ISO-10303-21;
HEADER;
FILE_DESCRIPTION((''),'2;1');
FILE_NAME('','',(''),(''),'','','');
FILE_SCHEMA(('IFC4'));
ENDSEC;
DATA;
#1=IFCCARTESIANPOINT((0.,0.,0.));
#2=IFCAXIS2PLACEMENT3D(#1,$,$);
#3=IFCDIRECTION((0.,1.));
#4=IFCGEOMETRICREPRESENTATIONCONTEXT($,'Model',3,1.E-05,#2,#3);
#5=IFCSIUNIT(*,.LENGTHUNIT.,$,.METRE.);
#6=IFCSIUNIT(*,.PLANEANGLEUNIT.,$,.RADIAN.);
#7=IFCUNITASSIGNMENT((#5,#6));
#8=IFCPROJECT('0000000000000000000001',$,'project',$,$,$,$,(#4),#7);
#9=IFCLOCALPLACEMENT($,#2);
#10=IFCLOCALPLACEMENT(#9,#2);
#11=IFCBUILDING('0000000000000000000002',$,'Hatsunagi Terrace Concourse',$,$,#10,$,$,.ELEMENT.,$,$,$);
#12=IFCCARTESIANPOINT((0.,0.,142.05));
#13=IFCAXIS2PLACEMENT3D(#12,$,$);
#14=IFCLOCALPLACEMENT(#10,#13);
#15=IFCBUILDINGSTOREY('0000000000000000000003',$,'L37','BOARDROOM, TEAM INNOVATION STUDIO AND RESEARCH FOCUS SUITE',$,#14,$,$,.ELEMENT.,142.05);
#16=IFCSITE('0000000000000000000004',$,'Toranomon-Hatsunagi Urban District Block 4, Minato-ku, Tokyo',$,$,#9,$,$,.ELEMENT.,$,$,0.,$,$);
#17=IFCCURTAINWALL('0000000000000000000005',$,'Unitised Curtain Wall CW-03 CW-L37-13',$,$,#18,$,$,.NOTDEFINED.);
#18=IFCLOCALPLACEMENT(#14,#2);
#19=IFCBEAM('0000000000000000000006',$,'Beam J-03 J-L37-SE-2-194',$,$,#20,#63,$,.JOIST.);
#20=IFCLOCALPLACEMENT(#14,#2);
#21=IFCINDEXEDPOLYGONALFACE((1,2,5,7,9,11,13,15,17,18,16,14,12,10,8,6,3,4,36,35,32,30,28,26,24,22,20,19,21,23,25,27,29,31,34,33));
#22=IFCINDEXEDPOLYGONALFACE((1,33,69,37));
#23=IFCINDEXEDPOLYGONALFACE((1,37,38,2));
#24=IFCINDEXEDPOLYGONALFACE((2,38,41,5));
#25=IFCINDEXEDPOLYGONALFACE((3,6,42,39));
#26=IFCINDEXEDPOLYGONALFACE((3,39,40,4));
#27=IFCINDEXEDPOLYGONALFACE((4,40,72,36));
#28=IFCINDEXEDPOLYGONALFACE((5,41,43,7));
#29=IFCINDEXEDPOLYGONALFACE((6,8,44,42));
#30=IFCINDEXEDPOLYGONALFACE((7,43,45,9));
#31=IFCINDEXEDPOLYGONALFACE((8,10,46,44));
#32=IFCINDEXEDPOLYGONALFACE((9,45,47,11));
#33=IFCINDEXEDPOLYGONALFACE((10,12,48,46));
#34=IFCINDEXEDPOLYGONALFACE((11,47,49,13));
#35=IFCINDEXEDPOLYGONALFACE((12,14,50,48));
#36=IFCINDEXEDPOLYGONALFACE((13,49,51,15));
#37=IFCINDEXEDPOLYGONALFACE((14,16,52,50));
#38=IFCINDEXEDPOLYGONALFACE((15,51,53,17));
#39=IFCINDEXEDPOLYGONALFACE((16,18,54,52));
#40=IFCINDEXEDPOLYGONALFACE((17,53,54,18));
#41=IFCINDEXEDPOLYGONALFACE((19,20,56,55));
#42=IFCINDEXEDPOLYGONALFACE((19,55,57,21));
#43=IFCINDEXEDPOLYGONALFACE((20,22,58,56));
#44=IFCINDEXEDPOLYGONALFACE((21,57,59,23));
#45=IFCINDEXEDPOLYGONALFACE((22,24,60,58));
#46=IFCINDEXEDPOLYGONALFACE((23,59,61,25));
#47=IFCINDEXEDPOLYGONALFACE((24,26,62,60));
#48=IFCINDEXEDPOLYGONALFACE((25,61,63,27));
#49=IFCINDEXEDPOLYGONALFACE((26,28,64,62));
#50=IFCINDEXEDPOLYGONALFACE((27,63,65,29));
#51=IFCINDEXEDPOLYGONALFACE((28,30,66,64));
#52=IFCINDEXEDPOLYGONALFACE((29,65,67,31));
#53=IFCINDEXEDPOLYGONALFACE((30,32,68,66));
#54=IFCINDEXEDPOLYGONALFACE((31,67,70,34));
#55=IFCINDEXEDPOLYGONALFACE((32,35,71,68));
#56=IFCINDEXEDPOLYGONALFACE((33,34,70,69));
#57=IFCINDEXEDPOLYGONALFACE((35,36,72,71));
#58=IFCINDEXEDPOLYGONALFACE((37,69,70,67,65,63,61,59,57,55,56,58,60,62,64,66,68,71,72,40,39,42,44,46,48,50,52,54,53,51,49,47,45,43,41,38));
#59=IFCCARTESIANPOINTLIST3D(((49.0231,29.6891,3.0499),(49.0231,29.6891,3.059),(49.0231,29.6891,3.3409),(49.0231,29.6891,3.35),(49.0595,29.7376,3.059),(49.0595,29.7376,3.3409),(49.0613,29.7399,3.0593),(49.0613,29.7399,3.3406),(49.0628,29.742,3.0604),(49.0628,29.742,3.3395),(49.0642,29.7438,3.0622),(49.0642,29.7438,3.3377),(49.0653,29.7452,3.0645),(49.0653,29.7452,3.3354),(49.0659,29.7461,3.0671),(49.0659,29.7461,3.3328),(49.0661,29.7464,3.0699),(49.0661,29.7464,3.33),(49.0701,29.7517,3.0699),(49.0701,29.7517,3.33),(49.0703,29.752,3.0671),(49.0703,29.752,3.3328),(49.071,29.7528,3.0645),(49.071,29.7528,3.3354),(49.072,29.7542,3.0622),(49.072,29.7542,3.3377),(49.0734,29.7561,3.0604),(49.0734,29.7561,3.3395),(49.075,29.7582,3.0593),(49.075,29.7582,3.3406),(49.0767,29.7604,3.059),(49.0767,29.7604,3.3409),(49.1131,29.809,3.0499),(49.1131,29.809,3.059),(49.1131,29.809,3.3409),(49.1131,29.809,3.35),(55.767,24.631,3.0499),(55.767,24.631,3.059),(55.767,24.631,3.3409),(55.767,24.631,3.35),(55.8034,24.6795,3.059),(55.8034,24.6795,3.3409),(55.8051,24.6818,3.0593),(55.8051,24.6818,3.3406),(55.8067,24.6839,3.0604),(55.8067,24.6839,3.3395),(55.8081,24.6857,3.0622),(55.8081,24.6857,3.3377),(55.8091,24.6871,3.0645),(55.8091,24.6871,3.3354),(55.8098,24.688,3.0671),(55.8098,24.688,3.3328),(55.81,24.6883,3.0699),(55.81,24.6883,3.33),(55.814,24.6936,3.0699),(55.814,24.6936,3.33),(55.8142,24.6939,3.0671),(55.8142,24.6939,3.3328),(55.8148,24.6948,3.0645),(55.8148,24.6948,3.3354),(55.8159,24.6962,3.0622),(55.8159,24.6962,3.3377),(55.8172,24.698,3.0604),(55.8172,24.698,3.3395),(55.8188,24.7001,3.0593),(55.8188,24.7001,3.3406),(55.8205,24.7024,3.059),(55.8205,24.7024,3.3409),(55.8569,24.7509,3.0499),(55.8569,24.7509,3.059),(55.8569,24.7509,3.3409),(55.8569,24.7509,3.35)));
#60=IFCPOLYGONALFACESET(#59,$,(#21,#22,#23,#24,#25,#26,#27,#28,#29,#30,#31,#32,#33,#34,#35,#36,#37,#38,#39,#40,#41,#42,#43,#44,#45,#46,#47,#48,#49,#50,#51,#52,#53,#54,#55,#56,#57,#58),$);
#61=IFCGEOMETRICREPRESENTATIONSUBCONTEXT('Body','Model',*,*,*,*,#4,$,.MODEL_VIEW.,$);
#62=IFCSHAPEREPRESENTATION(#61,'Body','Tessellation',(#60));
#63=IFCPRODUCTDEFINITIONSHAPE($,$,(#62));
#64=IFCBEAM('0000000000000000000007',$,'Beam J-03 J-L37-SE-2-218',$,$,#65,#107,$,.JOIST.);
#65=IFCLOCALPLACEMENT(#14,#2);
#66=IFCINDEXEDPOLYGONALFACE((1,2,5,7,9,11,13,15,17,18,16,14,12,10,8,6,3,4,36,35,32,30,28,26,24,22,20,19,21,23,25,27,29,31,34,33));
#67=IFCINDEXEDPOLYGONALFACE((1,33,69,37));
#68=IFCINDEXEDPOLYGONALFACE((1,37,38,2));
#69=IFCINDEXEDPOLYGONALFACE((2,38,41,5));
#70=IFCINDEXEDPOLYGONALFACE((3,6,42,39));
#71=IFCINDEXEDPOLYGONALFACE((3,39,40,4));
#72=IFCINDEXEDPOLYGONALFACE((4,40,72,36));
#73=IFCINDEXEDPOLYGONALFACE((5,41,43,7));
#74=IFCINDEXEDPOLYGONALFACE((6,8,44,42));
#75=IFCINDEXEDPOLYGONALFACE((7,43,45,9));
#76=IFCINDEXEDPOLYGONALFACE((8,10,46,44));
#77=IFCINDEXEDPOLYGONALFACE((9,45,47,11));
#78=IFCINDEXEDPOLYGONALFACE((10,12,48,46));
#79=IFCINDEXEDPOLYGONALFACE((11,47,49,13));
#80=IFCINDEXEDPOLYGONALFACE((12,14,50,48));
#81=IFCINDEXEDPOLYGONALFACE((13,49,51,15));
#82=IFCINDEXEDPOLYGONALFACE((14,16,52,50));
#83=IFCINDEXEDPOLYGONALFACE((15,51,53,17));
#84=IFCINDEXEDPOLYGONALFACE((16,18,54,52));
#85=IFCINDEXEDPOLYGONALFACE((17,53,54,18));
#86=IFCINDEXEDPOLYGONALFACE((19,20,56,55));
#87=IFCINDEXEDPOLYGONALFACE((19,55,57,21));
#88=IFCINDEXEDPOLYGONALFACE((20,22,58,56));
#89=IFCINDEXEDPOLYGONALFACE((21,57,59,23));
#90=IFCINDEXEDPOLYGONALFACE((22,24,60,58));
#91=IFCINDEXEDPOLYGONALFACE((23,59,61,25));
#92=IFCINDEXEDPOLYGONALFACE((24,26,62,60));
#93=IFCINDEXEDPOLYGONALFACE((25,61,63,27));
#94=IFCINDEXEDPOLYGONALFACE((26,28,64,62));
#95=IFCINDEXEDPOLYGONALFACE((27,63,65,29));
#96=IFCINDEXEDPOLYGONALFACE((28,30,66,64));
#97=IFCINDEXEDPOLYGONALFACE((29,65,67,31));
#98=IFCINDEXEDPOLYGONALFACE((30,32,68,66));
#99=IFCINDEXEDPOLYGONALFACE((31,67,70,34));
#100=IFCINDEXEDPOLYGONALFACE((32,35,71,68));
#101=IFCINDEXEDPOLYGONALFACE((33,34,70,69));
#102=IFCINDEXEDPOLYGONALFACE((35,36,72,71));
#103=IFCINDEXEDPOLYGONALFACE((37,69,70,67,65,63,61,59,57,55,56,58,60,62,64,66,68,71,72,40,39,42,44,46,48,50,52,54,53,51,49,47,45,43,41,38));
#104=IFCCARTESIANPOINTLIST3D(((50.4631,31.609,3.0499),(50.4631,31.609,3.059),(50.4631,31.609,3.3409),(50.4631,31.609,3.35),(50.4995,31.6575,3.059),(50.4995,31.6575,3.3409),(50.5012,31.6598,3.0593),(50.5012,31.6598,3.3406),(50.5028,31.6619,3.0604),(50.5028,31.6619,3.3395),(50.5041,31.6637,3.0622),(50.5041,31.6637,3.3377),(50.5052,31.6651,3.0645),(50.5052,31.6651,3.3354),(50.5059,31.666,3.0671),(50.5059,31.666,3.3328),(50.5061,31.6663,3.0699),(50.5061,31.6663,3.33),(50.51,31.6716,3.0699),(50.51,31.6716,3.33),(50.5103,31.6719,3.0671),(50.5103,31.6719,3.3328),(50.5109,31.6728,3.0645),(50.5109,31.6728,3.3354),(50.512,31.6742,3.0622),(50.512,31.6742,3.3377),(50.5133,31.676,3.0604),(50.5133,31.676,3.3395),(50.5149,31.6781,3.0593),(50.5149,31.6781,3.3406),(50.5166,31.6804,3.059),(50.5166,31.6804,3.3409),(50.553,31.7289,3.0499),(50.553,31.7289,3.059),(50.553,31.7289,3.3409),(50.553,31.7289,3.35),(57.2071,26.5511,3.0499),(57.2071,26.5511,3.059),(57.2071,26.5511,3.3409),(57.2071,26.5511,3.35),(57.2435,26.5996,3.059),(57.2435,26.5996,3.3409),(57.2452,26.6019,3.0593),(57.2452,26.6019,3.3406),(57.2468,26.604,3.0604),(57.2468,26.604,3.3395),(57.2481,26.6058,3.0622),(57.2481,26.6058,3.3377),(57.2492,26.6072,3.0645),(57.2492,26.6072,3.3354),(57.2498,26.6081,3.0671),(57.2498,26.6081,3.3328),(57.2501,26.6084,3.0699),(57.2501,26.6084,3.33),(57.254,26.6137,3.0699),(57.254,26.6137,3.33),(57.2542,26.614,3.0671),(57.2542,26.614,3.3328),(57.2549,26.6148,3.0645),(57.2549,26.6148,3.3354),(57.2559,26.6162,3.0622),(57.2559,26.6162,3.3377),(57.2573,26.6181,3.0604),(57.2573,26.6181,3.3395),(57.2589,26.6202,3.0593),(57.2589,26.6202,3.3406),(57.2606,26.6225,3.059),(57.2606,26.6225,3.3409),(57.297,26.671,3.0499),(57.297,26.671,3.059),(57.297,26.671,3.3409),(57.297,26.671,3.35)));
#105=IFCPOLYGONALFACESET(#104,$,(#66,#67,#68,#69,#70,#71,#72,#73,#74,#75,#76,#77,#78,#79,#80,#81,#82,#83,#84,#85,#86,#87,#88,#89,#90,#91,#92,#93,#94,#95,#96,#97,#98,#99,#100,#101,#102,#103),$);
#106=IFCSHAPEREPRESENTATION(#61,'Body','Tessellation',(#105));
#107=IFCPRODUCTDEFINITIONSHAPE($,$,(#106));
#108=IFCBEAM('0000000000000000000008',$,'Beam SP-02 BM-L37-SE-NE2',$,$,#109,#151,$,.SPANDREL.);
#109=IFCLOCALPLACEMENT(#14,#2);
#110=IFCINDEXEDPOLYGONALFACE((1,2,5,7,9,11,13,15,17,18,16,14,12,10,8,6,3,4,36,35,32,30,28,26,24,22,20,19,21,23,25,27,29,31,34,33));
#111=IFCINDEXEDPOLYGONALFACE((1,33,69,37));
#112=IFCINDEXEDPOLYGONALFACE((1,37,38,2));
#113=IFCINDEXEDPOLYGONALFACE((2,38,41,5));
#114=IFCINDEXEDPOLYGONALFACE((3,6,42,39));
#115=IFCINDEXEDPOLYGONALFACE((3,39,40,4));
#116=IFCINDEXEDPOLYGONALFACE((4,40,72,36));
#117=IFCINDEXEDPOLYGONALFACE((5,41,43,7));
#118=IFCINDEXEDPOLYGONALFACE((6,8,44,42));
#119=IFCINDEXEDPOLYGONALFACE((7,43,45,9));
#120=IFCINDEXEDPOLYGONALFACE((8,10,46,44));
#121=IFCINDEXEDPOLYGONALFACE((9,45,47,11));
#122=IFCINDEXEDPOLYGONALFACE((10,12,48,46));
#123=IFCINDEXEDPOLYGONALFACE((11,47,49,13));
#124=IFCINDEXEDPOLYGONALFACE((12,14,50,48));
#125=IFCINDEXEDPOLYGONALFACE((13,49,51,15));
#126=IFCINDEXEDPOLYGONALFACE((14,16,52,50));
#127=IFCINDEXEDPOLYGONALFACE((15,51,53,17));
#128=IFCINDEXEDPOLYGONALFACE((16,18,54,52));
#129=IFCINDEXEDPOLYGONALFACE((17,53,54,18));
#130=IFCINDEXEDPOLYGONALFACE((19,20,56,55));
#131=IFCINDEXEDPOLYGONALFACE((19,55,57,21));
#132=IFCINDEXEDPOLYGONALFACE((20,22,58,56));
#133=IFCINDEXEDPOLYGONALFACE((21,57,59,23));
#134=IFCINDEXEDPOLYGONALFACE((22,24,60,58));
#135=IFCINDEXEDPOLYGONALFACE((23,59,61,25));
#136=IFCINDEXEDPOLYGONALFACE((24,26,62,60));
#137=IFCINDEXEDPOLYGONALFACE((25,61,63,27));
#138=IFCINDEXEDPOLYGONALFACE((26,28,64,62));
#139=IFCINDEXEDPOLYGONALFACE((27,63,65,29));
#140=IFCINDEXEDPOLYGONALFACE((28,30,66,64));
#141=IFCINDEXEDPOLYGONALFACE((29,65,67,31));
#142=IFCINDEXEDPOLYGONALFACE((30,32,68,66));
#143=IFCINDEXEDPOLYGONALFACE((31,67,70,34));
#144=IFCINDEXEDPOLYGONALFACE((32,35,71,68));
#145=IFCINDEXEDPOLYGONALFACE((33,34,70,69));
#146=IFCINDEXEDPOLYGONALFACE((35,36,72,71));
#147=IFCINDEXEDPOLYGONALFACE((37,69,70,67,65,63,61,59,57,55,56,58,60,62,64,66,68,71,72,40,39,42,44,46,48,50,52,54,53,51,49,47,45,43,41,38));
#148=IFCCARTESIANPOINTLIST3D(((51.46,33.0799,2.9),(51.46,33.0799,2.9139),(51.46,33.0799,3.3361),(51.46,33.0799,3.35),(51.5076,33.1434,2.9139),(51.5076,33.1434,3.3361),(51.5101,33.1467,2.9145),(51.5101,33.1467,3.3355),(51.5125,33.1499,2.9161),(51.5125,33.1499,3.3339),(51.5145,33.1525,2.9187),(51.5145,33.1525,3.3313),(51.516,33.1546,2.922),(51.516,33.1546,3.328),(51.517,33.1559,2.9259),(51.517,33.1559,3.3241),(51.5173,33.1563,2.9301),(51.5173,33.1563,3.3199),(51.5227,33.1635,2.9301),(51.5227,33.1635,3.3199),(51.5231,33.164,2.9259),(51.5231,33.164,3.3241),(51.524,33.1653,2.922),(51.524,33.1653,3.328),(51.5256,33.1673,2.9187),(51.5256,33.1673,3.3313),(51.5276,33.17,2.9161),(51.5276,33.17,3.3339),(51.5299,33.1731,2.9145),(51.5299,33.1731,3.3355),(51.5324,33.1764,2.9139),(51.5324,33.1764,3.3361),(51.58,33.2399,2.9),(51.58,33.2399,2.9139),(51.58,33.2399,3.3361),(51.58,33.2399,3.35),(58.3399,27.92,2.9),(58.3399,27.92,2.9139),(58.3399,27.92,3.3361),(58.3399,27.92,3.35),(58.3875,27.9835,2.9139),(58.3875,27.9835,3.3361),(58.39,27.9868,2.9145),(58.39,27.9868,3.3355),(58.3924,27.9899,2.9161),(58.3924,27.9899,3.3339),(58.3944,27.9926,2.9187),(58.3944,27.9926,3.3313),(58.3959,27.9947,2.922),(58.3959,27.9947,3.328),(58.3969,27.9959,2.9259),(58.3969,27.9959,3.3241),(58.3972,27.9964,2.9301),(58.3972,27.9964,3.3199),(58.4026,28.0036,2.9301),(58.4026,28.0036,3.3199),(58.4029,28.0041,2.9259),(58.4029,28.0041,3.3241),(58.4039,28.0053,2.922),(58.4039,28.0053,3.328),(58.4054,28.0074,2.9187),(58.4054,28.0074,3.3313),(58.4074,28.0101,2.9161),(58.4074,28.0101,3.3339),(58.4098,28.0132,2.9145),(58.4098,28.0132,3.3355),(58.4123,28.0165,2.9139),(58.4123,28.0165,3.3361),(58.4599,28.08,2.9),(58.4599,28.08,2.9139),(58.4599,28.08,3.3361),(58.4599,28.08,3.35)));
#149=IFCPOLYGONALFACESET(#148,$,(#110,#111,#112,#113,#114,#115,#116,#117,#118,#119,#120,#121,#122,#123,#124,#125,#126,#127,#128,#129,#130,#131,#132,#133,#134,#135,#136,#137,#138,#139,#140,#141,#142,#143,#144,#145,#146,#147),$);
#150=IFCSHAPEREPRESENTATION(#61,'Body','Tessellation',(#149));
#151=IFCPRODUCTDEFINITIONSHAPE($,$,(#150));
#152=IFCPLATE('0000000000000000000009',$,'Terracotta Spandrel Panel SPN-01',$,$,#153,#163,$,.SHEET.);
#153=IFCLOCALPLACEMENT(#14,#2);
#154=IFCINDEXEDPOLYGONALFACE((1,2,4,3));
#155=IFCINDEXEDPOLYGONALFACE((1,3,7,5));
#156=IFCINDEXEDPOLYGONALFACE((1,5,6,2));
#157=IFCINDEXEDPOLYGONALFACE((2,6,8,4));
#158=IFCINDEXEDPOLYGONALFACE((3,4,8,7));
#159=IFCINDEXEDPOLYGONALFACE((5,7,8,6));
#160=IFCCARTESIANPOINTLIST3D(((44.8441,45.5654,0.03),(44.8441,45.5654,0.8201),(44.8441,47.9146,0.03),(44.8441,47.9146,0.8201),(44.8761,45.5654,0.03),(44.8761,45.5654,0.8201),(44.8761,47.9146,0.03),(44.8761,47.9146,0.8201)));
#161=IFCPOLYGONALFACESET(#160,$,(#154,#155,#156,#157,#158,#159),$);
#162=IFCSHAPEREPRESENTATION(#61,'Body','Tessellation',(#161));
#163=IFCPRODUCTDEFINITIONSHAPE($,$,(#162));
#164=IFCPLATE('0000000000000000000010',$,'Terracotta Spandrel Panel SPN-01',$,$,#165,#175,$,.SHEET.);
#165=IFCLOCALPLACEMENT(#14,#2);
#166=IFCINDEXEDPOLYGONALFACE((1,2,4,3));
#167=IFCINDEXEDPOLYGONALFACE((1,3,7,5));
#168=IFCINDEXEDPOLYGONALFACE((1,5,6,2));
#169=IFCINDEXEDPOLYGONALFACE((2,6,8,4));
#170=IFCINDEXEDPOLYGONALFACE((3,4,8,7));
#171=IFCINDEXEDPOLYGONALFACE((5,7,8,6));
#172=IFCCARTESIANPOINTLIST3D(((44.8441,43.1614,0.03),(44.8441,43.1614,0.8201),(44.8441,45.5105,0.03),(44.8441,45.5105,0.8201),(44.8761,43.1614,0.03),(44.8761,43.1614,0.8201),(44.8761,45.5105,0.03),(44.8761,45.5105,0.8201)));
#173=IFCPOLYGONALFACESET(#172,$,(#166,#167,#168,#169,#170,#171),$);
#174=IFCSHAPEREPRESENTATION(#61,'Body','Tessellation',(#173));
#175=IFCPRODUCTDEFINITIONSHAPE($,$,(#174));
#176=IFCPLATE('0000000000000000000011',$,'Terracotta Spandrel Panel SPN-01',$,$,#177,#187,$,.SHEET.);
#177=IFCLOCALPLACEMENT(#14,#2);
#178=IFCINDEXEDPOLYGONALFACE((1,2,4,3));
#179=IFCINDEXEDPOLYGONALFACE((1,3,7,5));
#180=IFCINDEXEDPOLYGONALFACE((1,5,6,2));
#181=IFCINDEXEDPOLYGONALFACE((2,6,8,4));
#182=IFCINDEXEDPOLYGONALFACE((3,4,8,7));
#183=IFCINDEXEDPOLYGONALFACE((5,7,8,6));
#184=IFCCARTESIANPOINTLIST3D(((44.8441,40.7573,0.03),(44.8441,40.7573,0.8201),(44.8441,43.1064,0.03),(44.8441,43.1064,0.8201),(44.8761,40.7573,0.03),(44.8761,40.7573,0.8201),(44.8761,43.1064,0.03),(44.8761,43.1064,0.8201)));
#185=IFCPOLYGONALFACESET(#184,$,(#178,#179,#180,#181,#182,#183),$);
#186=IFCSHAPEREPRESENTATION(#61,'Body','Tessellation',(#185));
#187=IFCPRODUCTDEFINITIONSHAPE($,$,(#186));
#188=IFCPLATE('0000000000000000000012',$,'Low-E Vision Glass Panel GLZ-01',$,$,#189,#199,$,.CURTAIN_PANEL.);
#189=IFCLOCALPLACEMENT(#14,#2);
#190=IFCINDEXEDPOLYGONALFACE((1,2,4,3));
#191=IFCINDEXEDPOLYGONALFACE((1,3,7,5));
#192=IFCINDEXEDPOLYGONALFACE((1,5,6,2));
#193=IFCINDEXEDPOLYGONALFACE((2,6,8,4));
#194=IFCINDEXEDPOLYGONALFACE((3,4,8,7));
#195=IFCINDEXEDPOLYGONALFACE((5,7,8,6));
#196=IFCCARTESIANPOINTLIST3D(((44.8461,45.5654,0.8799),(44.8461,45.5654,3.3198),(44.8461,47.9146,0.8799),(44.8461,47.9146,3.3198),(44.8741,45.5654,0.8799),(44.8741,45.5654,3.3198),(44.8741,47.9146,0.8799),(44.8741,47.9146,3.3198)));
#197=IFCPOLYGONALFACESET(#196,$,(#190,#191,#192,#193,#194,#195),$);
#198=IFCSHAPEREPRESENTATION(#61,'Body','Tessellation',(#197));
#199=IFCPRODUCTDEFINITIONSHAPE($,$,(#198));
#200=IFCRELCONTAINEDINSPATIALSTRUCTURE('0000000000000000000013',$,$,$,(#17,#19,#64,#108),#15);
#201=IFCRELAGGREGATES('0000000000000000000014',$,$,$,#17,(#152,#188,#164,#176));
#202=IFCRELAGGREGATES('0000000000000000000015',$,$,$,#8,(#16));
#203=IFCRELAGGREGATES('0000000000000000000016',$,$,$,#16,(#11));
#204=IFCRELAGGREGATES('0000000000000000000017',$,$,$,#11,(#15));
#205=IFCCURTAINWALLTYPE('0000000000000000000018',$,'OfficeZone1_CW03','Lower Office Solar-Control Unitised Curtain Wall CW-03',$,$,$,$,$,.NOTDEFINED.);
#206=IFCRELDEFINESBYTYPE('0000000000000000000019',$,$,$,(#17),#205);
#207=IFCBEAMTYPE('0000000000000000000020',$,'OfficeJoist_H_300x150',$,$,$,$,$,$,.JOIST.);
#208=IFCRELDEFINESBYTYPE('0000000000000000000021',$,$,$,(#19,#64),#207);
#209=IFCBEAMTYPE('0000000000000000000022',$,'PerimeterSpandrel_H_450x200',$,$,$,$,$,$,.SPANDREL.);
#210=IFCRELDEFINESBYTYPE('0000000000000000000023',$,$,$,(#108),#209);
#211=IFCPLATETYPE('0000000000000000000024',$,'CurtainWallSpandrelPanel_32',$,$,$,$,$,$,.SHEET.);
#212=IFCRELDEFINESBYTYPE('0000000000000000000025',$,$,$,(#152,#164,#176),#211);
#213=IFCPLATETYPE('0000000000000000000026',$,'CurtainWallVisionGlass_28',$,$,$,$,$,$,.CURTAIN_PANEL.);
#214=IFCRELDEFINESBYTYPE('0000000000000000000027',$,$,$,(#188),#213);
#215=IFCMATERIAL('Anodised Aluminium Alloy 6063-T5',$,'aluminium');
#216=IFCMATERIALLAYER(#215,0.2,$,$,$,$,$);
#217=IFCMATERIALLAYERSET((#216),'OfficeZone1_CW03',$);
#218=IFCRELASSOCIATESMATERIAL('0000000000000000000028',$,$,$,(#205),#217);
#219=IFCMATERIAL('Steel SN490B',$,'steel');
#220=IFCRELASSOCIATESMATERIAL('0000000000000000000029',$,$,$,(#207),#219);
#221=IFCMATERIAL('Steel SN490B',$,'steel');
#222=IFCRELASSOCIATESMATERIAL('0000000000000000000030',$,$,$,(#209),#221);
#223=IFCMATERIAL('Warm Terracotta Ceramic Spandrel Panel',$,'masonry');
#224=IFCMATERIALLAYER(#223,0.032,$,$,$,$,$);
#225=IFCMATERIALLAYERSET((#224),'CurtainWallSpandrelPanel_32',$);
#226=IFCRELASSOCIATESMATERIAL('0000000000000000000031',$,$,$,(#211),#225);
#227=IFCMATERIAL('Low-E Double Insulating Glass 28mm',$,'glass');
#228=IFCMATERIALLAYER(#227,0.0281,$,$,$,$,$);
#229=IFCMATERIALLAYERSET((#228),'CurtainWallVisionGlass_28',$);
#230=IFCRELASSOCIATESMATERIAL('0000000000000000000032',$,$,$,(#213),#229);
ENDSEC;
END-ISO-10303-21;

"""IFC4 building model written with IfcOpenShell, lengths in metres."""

from ifc_helpers import new_model, si_unit, direction, frame, origin, origin_2d, place, context, subcontext, project, spatial, rectangle, i_section, extrude, material, layer, layer_set, material_profile, profile_set, type_object, element, aggregate, save


model = new_model("IFC4")

# Units and contexts
model_context = context("Model", 3, precision=1e-05, world=origin(), true_north=direction((0.0, 1.0)))
body_context = subcontext(model_context, "Body", "Model", "MODEL_VIEW")
ifc_project = project(units=[si_unit("LENGTHUNIT", "METRE"), si_unit("PLANEANGLEUNIT", "RADIAN")], contexts=[model_context])

# Site, building, storey
site_placement = place(None, origin())
site = spatial("IfcSite", under=ifc_project, at=site_placement, Name="Toranomon-Hatsunagi Urban District Block 4, Minato-ku, Tokyo", CompositionType="ELEMENT", RefElevation=0.0)
building_placement = place(site_placement, origin())
building = spatial("IfcBuilding", under=site, at=building_placement, Name="Hatsunagi Terrace Concourse", CompositionType="ELEMENT")
storey_placement = place(building_placement, frame((0.0, 0.0, 142.05)))
storey = spatial("IfcBuildingStorey", under=building, at=storey_placement, Name="L37", Description="BOARDROOM, TEAM INNOVATION STUDIO AND RESEARCH FOCUS SUITE", CompositionType="ELEMENT", Elevation=142.05)

# Curtain wall
ifc_material_1 = material(Name="Anodised Aluminium Alloy 6063-T5", Category="aluminium")
ifc_layer_1 = layer(ifc_material_1, 0.2)
ifc_layer_set_1 = layer_set([ifc_layer_1], Name="OfficeZone1_CW03")
curtain_wall_type = type_object("IfcCurtainWallType", Name="OfficeZone1_CW03", Description="Lower Office Solar-Control Unitised Curtain Wall CW-03", PredefinedType="NOTDEFINED", material=ifc_layer_set_1)
curtain_wall_placement = place(storey_placement, origin())
curtain_wall = element("IfcCurtainWall", 1, at=curtain_wall_placement, inside=storey, type_object=curtain_wall_type, Name="Unitised Curtain Wall CW-03 CW-L37-13", PredefinedType="NOTDEFINED")

# Beams
ifc_material_2 = material(Name="Steel SN490B", Category="steel")
ifc_material_profile_1 = material_profile(ifc_material_2, i_section(OverallWidth=0.1499, OverallDepth=0.3, WebThickness=0.0066, FlangeThickness=0.009, FilletRadius=0.011, at=origin_2d()), Name="H-300x150x6.5x9")
ifc_profile_set_1 = profile_set([ifc_material_profile_1], Name="Steel SN490B")
beam_type_1 = type_object("IfcBeamType", Name="OfficeJoist_H_300x150", PredefinedType="JOIST", material=ifc_profile_set_1)
for number, where, z_axis, x_axis, name in (
    (2, (49.0681, 29.749, 3.2), (0.79999, -0.600014, 0.0), (0.600014, 0.79999, 0.0), "Beam J-03 J-L37-SE-2-194"),
    (3, (50.5081, 31.6689, 3.2), (0.800003, -0.599995, 0.0), (0.599995, 0.800003, 0.0), "Beam J-03 J-L37-SE-2-218"),
):
    element("IfcBeam", number, at=place(storey_placement, frame(where, z_axis=z_axis, x_axis=x_axis)), inside=storey, type_object=beam_type_1, Name=name, PredefinedType="JOIST", context=body_context, shape_type="SweptSolid", body=[
        extrude(i_section(OverallWidth=0.1499, OverallDepth=0.3, WebThickness=0.0066, FlangeThickness=0.009, FilletRadius=0.011, at=origin_2d()), origin(), (0.0, 0.0, 1.0), 8.4299),
    ])
ifc_material_3 = material(Name="Steel SN490B", Category="steel")
ifc_material_profile_2 = material_profile(ifc_material_3, i_section(OverallWidth=0.2, OverallDepth=0.45, WebThickness=0.009, FlangeThickness=0.0139, FilletRadius=0.0161, at=origin_2d()), Name="H-450x200x9x14")
ifc_profile_set_2 = profile_set([ifc_material_profile_2], Name="Steel SN490B")
beam_type_2 = type_object("IfcBeamType", Name="PerimeterSpandrel_H_450x200", PredefinedType="SPANDREL", material=ifc_profile_set_2)
beam_placement = place(storey_placement, frame((51.52, 33.1599, 3.125), z_axis=(0.8, -0.6, 0.0), x_axis=(0.6, 0.8, 0.0)))
element("IfcBeam", 4, at=beam_placement, inside=storey, type_object=beam_type_2, Name="Beam SP-02 BM-L37-SE-NE2", PredefinedType="SPANDREL", context=body_context, shape_type="SweptSolid", body=[
    extrude(i_section(OverallWidth=0.2, OverallDepth=0.45, WebThickness=0.009, FlangeThickness=0.0139, FilletRadius=0.0161, at=origin_2d()), origin(), (0.0, 0.0, 1.0), 8.5999),
])

# Plates
ifc_material_4 = material(Name="Warm Terracotta Ceramic Spandrel Panel", Category="masonry")
ifc_layer_2 = layer(ifc_material_4, 0.032)
ifc_layer_set_2 = layer_set([ifc_layer_2], Name="CurtainWallSpandrelPanel_32")
plate_type_1 = type_object("IfcPlateType", Name="CurtainWallSpandrelPanel_32", PredefinedType="SHEET", material=ifc_layer_set_2)
plate_1_placement = place(storey_placement, frame((44.8601, 46.74, 0.03), z_axis=(0.0, 0.0, 1.0), x_axis=(0.0, -1.0, 0.0)))
plate_1 = element("IfcPlate", 5, at=plate_1_placement, type_object=plate_type_1, Name="Terracotta Spandrel Panel SPN-01", PredefinedType="SHEET", context=body_context, shape_type="SweptSolid", body=[
    extrude(rectangle(XDim=2.3491, YDim=0.032, at=origin_2d()), origin(), (0.0, 0.0, 1.0), 0.79),
])
plate_2_placement = place(storey_placement, frame((44.8601, 44.3359, 0.03), z_axis=(0.0, 0.0, 1.0), x_axis=(0.0, -1.0, 0.0)))
plate_2 = element("IfcPlate", 6, at=plate_2_placement, type_object=plate_type_1, Name="Terracotta Spandrel Panel SPN-01", PredefinedType="SHEET", context=body_context, shape_type="SweptSolid", body=[
    extrude(rectangle(XDim=2.3491, YDim=0.032, at=origin_2d()), origin(), (0.0, 0.0, 1.0), 0.79),
])
plate_3_placement = place(storey_placement, frame((44.8601, 41.9319, 0.03), z_axis=(0.0, 0.0, 1.0), x_axis=(0.0, -1.0, 0.0)))
plate_3 = element("IfcPlate", 7, at=plate_3_placement, type_object=plate_type_1, Name="Terracotta Spandrel Panel SPN-01", PredefinedType="SHEET", context=body_context, shape_type="SweptSolid", body=[
    extrude(rectangle(XDim=2.3491, YDim=0.032, at=origin_2d()), origin(), (0.0, 0.0, 1.0), 0.79),
])
ifc_material_5 = material(Name="Low-E Double Insulating Glass 28mm", Category="glass")
ifc_layer_3 = layer(ifc_material_5, 0.0281)
ifc_layer_set_3 = layer_set([ifc_layer_3], Name="CurtainWallVisionGlass_28")
plate_type_2 = type_object("IfcPlateType", Name="CurtainWallVisionGlass_28", PredefinedType="CURTAIN_PANEL", material=ifc_layer_set_3)
plate_4_placement = place(storey_placement, frame((44.8601, 46.74, 0.8799), z_axis=(0.0, 0.0, 1.0), x_axis=(0.0, -1.0, 0.0)))
plate_4 = element("IfcPlate", 8, at=plate_4_placement, type_object=plate_type_2, Name="Low-E Vision Glass Panel GLZ-01", PredefinedType="CURTAIN_PANEL", context=body_context, shape_type="SweptSolid", body=[
    extrude(rectangle(XDim=2.3491, YDim=0.0281, at=origin_2d()), origin(), (0.0, 0.0, 1.0), 2.4399),
])
aggregate(curtain_wall, [plate_1, plate_4, plate_2, plate_3])

save(model, "model.ifc")
